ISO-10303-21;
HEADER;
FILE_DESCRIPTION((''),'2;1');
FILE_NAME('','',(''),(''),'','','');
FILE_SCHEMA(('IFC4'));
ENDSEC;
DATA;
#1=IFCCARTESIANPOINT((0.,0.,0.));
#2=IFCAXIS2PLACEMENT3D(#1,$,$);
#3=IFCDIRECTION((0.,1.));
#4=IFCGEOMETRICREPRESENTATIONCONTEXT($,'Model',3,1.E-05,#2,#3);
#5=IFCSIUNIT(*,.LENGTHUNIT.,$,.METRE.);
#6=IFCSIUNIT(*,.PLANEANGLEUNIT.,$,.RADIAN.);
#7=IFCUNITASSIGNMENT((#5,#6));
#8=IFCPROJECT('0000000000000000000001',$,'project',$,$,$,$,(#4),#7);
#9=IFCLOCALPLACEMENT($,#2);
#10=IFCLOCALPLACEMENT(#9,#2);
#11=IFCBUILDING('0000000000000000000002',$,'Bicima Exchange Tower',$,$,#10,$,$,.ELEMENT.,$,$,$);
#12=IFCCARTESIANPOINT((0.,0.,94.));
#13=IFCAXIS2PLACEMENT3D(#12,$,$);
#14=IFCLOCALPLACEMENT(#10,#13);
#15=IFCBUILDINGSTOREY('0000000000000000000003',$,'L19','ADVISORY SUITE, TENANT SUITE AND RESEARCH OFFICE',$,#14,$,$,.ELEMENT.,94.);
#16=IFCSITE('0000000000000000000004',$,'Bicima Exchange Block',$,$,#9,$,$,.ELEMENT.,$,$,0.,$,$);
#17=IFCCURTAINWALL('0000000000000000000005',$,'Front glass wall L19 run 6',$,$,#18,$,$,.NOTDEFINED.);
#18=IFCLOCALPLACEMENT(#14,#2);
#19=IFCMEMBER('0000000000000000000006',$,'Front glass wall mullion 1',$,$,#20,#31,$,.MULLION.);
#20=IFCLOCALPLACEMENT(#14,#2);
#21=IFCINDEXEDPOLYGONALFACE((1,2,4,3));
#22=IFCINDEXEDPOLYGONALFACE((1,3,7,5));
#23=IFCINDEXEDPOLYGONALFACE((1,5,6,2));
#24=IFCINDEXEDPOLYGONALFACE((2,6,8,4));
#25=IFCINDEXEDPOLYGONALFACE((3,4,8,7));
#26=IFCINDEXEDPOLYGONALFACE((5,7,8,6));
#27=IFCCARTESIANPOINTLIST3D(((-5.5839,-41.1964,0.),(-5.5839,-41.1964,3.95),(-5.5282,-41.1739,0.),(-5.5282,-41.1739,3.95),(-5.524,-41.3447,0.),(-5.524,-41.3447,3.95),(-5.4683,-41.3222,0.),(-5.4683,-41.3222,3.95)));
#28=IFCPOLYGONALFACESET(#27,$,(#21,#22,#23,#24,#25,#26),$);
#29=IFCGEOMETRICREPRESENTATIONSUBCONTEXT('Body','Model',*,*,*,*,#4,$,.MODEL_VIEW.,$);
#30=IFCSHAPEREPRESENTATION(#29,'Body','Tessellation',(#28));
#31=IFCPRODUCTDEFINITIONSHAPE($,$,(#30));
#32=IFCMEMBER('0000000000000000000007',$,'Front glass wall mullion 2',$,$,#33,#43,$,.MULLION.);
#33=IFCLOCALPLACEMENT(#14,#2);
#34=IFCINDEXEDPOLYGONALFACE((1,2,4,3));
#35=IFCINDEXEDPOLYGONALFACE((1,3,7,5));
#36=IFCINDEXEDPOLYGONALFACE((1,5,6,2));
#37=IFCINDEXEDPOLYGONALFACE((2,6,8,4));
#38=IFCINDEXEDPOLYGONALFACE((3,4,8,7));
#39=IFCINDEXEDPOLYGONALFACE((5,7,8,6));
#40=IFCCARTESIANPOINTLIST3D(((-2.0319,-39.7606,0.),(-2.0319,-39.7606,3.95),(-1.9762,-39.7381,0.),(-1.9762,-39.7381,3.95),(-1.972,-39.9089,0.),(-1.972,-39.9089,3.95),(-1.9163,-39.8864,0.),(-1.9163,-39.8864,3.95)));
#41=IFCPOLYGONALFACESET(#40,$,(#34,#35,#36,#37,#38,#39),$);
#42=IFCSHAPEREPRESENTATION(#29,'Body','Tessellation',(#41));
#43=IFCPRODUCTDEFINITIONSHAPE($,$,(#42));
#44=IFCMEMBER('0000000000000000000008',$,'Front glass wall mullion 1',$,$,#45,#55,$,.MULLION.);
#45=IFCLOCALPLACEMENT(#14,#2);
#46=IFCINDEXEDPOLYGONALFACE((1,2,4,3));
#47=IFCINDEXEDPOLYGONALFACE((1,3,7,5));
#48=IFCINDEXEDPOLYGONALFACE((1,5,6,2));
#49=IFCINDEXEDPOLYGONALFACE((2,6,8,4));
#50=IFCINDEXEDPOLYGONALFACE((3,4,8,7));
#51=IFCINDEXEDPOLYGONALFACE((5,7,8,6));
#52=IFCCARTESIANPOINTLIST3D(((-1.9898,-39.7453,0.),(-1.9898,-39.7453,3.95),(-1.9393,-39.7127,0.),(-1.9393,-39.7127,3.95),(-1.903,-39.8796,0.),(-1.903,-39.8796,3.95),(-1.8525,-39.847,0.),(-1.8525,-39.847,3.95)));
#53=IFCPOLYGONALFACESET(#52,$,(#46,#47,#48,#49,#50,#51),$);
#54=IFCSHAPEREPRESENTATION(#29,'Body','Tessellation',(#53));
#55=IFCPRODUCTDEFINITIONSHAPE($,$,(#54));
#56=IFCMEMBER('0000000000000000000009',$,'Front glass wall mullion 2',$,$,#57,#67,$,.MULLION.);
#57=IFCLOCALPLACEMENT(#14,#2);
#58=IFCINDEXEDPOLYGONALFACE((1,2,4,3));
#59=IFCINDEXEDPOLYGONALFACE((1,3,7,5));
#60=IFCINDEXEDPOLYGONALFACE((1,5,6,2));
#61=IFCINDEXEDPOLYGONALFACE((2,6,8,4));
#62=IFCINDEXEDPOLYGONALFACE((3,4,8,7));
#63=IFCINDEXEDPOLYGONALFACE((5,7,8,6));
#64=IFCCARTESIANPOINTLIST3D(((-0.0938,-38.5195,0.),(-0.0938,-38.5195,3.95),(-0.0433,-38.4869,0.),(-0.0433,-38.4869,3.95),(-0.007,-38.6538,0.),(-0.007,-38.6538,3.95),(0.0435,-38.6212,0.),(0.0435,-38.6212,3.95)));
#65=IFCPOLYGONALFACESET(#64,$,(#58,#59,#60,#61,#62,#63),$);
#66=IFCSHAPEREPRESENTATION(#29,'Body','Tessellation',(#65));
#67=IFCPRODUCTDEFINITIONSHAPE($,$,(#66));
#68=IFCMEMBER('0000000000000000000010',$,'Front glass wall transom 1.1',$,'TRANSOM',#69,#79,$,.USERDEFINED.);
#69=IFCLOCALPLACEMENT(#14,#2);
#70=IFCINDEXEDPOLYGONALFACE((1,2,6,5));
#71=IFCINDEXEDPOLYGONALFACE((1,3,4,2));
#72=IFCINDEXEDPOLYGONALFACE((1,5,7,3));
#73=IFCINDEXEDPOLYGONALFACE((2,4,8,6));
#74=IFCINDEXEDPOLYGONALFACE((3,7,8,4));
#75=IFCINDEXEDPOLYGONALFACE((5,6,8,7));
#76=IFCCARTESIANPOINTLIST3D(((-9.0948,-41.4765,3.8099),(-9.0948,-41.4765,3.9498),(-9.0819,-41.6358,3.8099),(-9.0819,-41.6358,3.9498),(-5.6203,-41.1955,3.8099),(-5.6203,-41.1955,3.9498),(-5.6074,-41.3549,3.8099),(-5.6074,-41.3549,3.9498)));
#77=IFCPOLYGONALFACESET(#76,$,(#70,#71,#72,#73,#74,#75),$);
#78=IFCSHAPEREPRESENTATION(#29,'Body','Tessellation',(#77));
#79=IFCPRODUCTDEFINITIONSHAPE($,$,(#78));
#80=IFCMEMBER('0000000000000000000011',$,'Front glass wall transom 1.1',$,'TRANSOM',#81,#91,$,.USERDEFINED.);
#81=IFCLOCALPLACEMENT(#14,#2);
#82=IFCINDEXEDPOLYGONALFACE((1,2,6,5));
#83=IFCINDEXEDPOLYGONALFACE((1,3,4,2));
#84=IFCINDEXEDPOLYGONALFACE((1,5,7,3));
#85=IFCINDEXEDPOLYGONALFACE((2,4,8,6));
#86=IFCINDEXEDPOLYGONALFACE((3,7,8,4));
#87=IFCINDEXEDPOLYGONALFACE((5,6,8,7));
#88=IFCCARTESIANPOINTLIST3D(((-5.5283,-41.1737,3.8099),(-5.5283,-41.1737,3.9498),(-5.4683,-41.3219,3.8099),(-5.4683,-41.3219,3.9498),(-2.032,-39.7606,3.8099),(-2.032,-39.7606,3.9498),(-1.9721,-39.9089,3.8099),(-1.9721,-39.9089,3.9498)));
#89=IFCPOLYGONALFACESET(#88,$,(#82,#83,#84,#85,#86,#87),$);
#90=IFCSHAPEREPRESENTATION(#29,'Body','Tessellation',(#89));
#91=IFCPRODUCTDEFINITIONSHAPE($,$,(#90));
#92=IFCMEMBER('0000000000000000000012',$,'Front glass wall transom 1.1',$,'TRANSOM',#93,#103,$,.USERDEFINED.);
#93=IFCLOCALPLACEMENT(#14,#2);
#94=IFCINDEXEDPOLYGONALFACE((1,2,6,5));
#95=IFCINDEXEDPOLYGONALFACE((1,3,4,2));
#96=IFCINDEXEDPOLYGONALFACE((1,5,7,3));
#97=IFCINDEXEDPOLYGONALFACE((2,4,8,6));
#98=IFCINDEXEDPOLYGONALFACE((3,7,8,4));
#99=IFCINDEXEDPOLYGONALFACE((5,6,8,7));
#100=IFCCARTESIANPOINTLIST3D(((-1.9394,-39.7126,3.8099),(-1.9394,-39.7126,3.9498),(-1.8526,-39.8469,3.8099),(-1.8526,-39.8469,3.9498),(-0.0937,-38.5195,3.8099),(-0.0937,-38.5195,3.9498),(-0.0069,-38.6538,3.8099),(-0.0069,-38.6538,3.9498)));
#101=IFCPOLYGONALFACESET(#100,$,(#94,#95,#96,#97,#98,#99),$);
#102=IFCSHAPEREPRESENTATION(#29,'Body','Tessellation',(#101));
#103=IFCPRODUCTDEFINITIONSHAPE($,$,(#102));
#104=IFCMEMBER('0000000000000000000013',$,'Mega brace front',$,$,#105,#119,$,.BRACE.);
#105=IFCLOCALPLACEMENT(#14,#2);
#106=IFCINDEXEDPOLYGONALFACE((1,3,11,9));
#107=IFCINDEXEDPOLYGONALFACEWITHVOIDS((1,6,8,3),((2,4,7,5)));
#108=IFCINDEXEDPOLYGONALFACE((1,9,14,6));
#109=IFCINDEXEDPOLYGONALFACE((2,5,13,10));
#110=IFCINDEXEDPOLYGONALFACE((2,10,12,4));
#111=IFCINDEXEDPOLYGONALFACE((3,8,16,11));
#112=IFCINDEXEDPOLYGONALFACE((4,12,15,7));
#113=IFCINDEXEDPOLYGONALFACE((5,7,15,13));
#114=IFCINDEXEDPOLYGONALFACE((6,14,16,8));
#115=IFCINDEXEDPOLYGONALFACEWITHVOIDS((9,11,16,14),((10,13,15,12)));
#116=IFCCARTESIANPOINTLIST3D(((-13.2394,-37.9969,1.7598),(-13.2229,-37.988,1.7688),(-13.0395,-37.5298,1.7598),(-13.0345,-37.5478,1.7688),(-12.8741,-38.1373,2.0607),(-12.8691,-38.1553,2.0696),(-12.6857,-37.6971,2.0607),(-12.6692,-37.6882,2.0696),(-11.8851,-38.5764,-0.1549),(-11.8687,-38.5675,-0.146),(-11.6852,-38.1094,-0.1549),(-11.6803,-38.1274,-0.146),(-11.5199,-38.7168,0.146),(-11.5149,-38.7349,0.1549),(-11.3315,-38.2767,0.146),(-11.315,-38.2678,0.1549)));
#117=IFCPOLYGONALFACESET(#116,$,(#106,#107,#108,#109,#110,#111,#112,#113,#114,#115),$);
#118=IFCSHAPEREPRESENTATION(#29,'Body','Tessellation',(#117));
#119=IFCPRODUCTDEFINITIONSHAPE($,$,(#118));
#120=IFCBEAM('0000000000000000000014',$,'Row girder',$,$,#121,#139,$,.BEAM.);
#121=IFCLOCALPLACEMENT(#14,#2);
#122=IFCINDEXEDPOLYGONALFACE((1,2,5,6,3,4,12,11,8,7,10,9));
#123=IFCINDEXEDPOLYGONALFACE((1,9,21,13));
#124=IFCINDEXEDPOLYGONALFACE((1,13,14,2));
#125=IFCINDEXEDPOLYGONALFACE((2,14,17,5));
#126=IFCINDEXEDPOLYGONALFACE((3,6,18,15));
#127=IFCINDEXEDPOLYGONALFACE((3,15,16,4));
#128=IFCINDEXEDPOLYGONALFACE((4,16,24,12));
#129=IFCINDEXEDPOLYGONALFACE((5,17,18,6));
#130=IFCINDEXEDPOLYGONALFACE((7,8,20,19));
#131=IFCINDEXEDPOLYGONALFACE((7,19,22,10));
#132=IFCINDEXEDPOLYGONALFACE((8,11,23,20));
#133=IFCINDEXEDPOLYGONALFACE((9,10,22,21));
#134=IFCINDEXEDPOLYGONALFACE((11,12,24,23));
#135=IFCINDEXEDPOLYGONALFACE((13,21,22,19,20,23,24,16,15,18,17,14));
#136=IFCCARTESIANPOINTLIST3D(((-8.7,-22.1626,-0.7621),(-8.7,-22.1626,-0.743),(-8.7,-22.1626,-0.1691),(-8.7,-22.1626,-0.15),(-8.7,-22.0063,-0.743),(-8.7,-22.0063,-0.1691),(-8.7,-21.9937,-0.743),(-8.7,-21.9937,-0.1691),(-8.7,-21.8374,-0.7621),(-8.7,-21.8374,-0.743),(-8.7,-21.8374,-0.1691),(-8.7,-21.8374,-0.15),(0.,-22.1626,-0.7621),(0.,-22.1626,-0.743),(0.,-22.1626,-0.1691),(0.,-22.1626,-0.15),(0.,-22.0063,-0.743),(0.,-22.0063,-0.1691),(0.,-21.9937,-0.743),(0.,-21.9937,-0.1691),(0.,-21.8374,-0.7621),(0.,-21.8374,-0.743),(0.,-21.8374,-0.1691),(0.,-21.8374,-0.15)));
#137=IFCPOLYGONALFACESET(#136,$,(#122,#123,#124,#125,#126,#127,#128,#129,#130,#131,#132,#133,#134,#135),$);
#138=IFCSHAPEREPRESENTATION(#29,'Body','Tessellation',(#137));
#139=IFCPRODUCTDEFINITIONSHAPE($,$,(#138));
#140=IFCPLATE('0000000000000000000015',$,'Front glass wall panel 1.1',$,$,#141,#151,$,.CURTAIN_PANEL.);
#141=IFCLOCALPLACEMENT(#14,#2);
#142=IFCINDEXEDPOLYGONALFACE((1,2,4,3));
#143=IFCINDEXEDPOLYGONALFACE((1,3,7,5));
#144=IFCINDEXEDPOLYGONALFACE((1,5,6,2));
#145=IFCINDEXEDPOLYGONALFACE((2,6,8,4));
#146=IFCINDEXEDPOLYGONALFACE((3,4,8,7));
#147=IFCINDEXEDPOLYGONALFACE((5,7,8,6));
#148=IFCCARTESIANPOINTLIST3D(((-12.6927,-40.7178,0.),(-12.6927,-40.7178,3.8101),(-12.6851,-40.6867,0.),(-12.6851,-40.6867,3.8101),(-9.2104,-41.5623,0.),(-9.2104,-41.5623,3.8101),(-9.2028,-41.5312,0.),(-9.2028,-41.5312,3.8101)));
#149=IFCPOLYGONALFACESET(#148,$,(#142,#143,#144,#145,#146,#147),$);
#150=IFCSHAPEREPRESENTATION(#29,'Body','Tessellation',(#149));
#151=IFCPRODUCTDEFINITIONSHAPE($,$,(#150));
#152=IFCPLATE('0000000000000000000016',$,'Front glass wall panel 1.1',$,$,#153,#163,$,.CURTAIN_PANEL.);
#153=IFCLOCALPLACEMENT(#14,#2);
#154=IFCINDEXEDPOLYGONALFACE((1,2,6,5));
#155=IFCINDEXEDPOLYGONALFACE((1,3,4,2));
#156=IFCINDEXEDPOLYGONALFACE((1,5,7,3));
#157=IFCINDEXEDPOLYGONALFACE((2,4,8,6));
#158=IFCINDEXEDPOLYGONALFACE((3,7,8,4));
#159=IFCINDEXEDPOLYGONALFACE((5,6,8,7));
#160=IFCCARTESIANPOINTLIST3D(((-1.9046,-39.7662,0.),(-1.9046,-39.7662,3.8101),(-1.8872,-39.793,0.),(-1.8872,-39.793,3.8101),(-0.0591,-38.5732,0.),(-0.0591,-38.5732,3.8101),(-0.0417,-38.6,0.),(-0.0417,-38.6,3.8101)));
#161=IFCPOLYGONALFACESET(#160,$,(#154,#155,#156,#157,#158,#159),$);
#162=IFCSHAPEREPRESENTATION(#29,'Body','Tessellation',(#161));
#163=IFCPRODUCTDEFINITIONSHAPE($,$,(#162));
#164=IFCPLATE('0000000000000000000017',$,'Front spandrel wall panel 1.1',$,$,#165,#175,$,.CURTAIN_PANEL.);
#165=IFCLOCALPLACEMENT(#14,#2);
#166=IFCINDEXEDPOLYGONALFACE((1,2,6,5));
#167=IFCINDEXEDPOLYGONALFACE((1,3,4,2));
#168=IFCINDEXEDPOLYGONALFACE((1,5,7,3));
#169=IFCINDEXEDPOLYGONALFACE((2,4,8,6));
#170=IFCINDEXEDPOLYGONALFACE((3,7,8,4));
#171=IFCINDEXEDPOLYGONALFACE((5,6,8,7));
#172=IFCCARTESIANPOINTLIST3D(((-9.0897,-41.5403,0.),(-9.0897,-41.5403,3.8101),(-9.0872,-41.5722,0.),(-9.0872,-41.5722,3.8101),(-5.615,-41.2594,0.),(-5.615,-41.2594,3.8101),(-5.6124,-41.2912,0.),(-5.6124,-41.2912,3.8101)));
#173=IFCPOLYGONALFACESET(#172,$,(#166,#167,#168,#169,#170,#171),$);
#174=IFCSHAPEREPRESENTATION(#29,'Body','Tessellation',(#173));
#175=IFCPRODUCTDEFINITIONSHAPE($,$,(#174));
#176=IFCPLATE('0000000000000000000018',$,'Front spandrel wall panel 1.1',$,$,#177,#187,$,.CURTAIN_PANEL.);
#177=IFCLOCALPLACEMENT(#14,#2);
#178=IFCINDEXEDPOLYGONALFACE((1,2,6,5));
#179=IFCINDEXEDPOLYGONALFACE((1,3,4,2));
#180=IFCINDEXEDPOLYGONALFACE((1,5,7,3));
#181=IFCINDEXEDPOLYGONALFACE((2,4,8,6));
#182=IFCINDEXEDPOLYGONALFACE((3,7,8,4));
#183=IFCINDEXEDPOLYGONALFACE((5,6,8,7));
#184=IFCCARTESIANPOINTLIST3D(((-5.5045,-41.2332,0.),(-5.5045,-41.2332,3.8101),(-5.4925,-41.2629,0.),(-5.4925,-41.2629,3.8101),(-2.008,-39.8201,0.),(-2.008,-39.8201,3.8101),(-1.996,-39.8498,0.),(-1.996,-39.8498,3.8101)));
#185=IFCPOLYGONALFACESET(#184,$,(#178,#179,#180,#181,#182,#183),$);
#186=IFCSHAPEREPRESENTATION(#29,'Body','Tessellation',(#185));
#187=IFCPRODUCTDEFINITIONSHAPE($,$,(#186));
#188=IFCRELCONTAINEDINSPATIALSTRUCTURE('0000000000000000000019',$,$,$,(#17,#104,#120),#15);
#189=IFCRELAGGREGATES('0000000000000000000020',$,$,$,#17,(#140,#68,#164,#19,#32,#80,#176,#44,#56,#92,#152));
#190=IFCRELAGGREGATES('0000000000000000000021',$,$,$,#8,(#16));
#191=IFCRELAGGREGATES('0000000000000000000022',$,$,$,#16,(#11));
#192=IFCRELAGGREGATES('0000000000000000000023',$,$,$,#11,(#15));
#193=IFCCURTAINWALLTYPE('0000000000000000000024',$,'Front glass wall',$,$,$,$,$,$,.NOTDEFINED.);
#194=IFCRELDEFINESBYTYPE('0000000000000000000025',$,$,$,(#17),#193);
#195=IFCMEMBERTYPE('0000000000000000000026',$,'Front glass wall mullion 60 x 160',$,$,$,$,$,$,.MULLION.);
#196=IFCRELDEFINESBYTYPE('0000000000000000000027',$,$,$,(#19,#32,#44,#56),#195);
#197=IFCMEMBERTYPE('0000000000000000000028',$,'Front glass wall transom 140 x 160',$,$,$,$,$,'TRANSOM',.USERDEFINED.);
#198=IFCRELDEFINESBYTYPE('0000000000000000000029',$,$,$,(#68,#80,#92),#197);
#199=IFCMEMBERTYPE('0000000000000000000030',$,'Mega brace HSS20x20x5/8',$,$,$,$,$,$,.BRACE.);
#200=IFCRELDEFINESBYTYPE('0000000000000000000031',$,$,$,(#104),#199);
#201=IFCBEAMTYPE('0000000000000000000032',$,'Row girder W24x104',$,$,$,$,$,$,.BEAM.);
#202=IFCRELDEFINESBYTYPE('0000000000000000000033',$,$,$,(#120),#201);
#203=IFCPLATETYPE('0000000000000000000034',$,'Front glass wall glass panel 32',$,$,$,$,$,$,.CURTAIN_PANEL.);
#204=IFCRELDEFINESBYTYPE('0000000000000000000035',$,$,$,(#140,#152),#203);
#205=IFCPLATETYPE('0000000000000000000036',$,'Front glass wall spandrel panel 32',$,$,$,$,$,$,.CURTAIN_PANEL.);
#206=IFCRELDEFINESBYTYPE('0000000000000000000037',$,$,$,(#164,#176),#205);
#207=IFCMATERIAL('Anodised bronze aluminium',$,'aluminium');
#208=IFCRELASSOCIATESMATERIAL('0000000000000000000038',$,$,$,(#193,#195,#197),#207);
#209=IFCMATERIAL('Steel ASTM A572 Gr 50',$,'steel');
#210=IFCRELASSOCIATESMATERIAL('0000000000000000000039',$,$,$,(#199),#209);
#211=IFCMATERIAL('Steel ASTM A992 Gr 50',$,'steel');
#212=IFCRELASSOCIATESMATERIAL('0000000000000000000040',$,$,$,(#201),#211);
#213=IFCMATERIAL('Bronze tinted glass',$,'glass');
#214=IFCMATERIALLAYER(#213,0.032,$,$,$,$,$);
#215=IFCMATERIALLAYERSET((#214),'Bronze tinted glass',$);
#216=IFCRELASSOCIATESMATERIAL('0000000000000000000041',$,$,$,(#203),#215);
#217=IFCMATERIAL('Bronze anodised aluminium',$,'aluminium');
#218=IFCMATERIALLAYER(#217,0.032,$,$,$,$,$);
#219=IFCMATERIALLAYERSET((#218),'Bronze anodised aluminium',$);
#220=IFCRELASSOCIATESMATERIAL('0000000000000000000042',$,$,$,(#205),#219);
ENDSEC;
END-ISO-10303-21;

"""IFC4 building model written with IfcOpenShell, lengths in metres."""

from ifc_helpers import new_model, si_unit, direction, frame, origin, origin_2d, place, context, subcontext, project, spatial, rectangle, hollow_rectangle, i_section, extrude, material, layer, layer_set, material_profile, profile_set, type_object, element, aggregate, save


model = new_model("IFC4")

# Units and contexts
model_context = context("Model", 3, precision=1e-05, world=origin(), true_north=direction((0.0, 1.0)))
body_context = subcontext(model_context, "Body", "Model", "MODEL_VIEW")
ifc_project = project(units=[si_unit("LENGTHUNIT", "METRE"), si_unit("PLANEANGLEUNIT", "RADIAN")], contexts=[model_context])

# Site, building, storey
site_placement = place(None, origin())
site = spatial("IfcSite", under=ifc_project, at=site_placement, Name="Bicima Exchange Block", CompositionType="ELEMENT", RefElevation=0.0)
building_placement = place(site_placement, origin())
building = spatial("IfcBuilding", under=site, at=building_placement, Name="Bicima Exchange Tower", CompositionType="ELEMENT")
storey_placement = place(building_placement, frame((0.0, 0.0, 94.0)))
storey = spatial("IfcBuildingStorey", under=building, at=storey_placement, Name="L19", Description="ADVISORY SUITE, TENANT SUITE AND RESEARCH OFFICE", CompositionType="ELEMENT", Elevation=94.0)

# Shared definitions
ifc_material_1 = material(Name="Steel ASTM A992 Gr 50", Category="steel")

# Shared definitions
ifc_material_2 = material(Name="Steel ASTM A572 Gr 50", Category="steel")

# Curtain wall, members
ifc_material_3 = material(Name="Anodised bronze aluminium", Category="aluminium")
curtain_wall_type = type_object("IfcCurtainWallType", Name="Front glass wall", PredefinedType="NOTDEFINED", material=ifc_material_3)
curtain_wall_placement = place(storey_placement, origin())
curtain_wall = element("IfcCurtainWall", 1, at=curtain_wall_placement, inside=storey, type_object=curtain_wall_type, Name="Front glass wall L19 run 6", PredefinedType="NOTDEFINED")
ifc_material_profile_1 = material_profile(ifc_material_3, rectangle(XDim=0.1599, YDim=0.0601, at=origin_2d()))
ifc_profile_set_1 = profile_set([ifc_material_profile_1], Name="Anodised bronze aluminium")
member_type_1 = type_object("IfcMemberType", Name="Front glass wall mullion 60 x 160", PredefinedType="MULLION", material=ifc_profile_set_1)
member_1_placement = place(storey_placement, frame((-5.5261, -41.2593, 0.0), z_axis=(0.0, 0.0, 1.0), x_axis=(-0.374705, 0.927144, 0.0)))
member_1 = element("IfcMember", 2, at=member_1_placement, type_object=member_type_1, Name="Front glass wall mullion 1", PredefinedType="MULLION", context=body_context, shape_type="SweptSolid", body=[
    extrude(rectangle(XDim=0.1599, YDim=0.0601, at=origin_2d()), origin(), (0.0, 0.0, 1.0), 3.95),
])
member_2_placement = place(storey_placement, frame((-1.9741, -39.8235, 0.0), z_axis=(0.0, 0.0, 1.0), x_axis=(-0.374705, 0.927144, 0.0)))
member_2 = element("IfcMember", 3, at=member_2_placement, type_object=member_type_1, Name="Front glass wall mullion 2", PredefinedType="MULLION", context=body_context, shape_type="SweptSolid", body=[
    extrude(rectangle(XDim=0.1599, YDim=0.0601, at=origin_2d()), origin(), (0.0, 0.0, 1.0), 3.95),
])
member_3_placement = place(storey_placement, frame((-1.9211, -39.7961, 0.0), z_axis=(0.0, 0.0, 1.0), x_axis=(-0.542897, 0.839799, 0.0)))
member_3 = element("IfcMember", 4, at=member_3_placement, type_object=member_type_1, Name="Front glass wall mullion 1", PredefinedType="MULLION", context=body_context, shape_type="SweptSolid", body=[
    extrude(rectangle(XDim=0.1599, YDim=0.0601, at=origin_2d()), origin(), (0.0, 0.0, 1.0), 3.95),
])
member_4_placement = place(storey_placement, frame((-0.0251, -38.5703, 0.0), z_axis=(0.0, 0.0, 1.0), x_axis=(-0.542897, 0.839799, 0.0)))
member_4 = element("IfcMember", 5, at=member_4_placement, type_object=member_type_1, Name="Front glass wall mullion 2", PredefinedType="MULLION", context=body_context, shape_type="SweptSolid", body=[
    extrude(rectangle(XDim=0.1599, YDim=0.0601, at=origin_2d()), origin(), (0.0, 0.0, 1.0), 3.95),
])
ifc_material_profile_2 = material_profile(ifc_material_3, rectangle(XDim=0.1599, YDim=0.1399, at=origin_2d()))
ifc_profile_set_2 = profile_set([ifc_material_profile_2], Name="Anodised bronze aluminium")
member_type_2 = type_object("IfcMemberType", Name="Front glass wall transom 140 x 160", ElementType="TRANSOM", PredefinedType="USERDEFINED", material=ifc_profile_set_2)
member_5_placement = place(storey_placement, frame((-9.0884, -41.5562, 3.8799), z_axis=(0.996746, 0.080611, 0.0), x_axis=(-0.080611, 0.996746, 0.0)))
member_5 = element("IfcMember", 6, at=member_5_placement, type_object=member_type_2, Name="Front glass wall transom 1.1", ObjectType="TRANSOM", PredefinedType="USERDEFINED", context=body_context, shape_type="SweptSolid", body=[
    extrude(rectangle(XDim=0.1599, YDim=0.1399, at=origin_2d()), origin(), (0.0, 0.0, 1.0), 3.4858),
])
member_6_placement = place(storey_placement, frame((-5.4983, -41.2478, 3.8799), z_axis=(0.92714, 0.374715, 0.0), x_axis=(-0.374715, 0.92714, 0.0)))
member_6 = element("IfcMember", 7, at=member_6_placement, type_object=member_type_2, Name="Front glass wall transom 1.1", ObjectType="TRANSOM", PredefinedType="USERDEFINED", context=body_context, shape_type="SweptSolid", body=[
    extrude(rectangle(XDim=0.1599, YDim=0.1399, at=origin_2d()), origin(), (0.0, 0.0, 1.0), 3.771),
])
member_7_placement = place(storey_placement, frame((-1.896, -39.7798, 3.8799), z_axis=(0.839811, 0.542878, 0.0), x_axis=(-0.542878, 0.839811, 0.0)))
member_7 = element("IfcMember", 8, at=member_7_placement, type_object=member_type_2, Name="Front glass wall transom 1.1", ObjectType="TRANSOM", PredefinedType="USERDEFINED", context=body_context, shape_type="SweptSolid", body=[
    extrude(rectangle(XDim=0.1599, YDim=0.1399, at=origin_2d()), origin(), (0.0, 0.0, 1.0), 2.1978),
])

# Member
ifc_material_profile_3 = material_profile(ifc_material_2, hollow_rectangle(XDim=0.5081, YDim=0.5081, WallThickness=0.0146, at=origin_2d()))
ifc_profile_set_3 = profile_set([ifc_material_profile_3], Name="Steel ASTM A572 Gr 50")
member_type_3 = type_object("IfcMemberType", Name="Mega brace HSS20x20x5/8", PredefinedType="BRACE", material=ifc_profile_set_3)
member_8_placement = place(storey_placement, frame((-11.6001, -38.4221, 0.0), z_axis=(-0.560567, 0.239911, 0.792595), x_axis=(-0.393459, -0.919342, 0.0)))
element("IfcMember", 9, at=member_8_placement, inside=storey, type_object=member_type_3, Name="Mega brace front", PredefinedType="BRACE", context=body_context, shape_type="SweptSolid", body=[
    extrude(hollow_rectangle(XDim=0.5081, YDim=0.5081, WallThickness=0.0146, at=origin_2d()), origin(), (0.0, 0.0, 1.0), 2.4158),
])

# Beam
ifc_material_profile_4 = material_profile(ifc_material_1, i_section(OverallWidth=0.3252, OverallDepth=0.6121, WebThickness=0.0127, FlangeThickness=0.019, at=origin_2d()))
ifc_profile_set_4 = profile_set([ifc_material_profile_4], Name="Steel ASTM A992 Gr 50")
beam_type_1 = type_object("IfcBeamType", Name="Row girder W24x104", PredefinedType="BEAM", material=ifc_profile_set_4)
beam_1_placement = place(storey_placement, frame((-8.7, -22.0, -0.4561), z_axis=(1.0, 0.0, 0.0), x_axis=(0.0, 1.0, 0.0)))
element("IfcBeam", 10, at=beam_1_placement, inside=storey, type_object=beam_type_1, Name="Row girder", PredefinedType="BEAM", context=body_context, shape_type="SweptSolid", body=[
    extrude(i_section(OverallWidth=0.3252, OverallDepth=0.6121, WebThickness=0.0127, FlangeThickness=0.019, at=origin_2d()), origin(), (0.0, 0.0, 1.0), 8.7),
])

# Plates
ifc_material_4 = material(Name="Bronze tinted glass", Category="glass")
ifc_layer_1 = layer(ifc_material_4, 0.032)
ifc_layer_set_1 = layer_set([ifc_layer_1], Name="Bronze tinted glass")
plate_type_1 = type_object("IfcPlateType", Name="Front glass wall glass panel 32", PredefinedType="CURTAIN_PANEL", material=ifc_layer_set_1)
plate_1_placement = place(storey_placement, frame((-10.9478, -41.1245, 0.0), z_axis=(0.0, 0.0, 1.0), x_axis=(0.97183, -0.235682, 0.0)))
plate_1 = element("IfcPlate", 11, at=plate_1_placement, type_object=plate_type_1, Name="Front glass wall panel 1.1", PredefinedType="CURTAIN_PANEL", context=body_context, shape_type="SweptSolid", body=[
    extrude(rectangle(XDim=3.5833, YDim=0.032, at=origin_2d()), origin(), (0.0, 0.0, 1.0), 3.8101),
])
plate_2_placement = place(storey_placement, frame((-0.9731, -39.1831, 0.0), z_axis=(0.0, 0.0, 1.0), x_axis=(0.839799, 0.542897, 0.0)))
plate_2 = element("IfcPlate", 12, at=plate_2_placement, type_object=plate_type_1, Name="Front glass wall panel 1.1", PredefinedType="CURTAIN_PANEL", context=body_context, shape_type="SweptSolid", body=[
    extrude(rectangle(XDim=2.1975, YDim=0.032, at=origin_2d()), origin(), (0.0, 0.0, 1.0), 3.8101),
])
ifc_material_5 = material(Name="Bronze anodised aluminium", Category="aluminium")
ifc_layer_2 = layer(ifc_material_5, 0.032)
ifc_layer_set_2 = layer_set([ifc_layer_2], Name="Bronze anodised aluminium")
plate_type_2 = type_object("IfcPlateType", Name="Front glass wall spandrel panel 32", PredefinedType="CURTAIN_PANEL", material=ifc_layer_set_2)
plate_3_placement = place(storey_placement, frame((-7.3511, -41.4158, 0.0), z_axis=(0.0, 0.0, 1.0), x_axis=(0.996747, 0.080589, 0.0)))
plate_3 = element("IfcPlate", 13, at=plate_3_placement, type_object=plate_type_2, Name="Front spandrel wall panel 1.1", PredefinedType="CURTAIN_PANEL", context=body_context, shape_type="SweptSolid", body=[
    extrude(rectangle(XDim=3.4861, YDim=0.032, at=origin_2d()), origin(), (0.0, 0.0, 1.0), 3.8101),
])
plate_4_placement = place(storey_placement, frame((-3.7502, -40.5415, 0.0), z_axis=(0.0, 0.0, 1.0), x_axis=(0.927144, 0.374705, 0.0)))
plate_4 = element("IfcPlate", 14, at=plate_4_placement, type_object=plate_type_2, Name="Front spandrel wall panel 1.1", PredefinedType="CURTAIN_PANEL", context=body_context, shape_type="SweptSolid", body=[
    extrude(rectangle(XDim=3.7712, YDim=0.032, at=origin_2d()), origin(), (0.0, 0.0, 1.0), 3.8101),
])
aggregate(curtain_wall, [plate_1, member_5, plate_3, member_1, member_2, member_6, plate_4, member_3, member_4, member_7, plate_2])

save(model, "model.ifc")
